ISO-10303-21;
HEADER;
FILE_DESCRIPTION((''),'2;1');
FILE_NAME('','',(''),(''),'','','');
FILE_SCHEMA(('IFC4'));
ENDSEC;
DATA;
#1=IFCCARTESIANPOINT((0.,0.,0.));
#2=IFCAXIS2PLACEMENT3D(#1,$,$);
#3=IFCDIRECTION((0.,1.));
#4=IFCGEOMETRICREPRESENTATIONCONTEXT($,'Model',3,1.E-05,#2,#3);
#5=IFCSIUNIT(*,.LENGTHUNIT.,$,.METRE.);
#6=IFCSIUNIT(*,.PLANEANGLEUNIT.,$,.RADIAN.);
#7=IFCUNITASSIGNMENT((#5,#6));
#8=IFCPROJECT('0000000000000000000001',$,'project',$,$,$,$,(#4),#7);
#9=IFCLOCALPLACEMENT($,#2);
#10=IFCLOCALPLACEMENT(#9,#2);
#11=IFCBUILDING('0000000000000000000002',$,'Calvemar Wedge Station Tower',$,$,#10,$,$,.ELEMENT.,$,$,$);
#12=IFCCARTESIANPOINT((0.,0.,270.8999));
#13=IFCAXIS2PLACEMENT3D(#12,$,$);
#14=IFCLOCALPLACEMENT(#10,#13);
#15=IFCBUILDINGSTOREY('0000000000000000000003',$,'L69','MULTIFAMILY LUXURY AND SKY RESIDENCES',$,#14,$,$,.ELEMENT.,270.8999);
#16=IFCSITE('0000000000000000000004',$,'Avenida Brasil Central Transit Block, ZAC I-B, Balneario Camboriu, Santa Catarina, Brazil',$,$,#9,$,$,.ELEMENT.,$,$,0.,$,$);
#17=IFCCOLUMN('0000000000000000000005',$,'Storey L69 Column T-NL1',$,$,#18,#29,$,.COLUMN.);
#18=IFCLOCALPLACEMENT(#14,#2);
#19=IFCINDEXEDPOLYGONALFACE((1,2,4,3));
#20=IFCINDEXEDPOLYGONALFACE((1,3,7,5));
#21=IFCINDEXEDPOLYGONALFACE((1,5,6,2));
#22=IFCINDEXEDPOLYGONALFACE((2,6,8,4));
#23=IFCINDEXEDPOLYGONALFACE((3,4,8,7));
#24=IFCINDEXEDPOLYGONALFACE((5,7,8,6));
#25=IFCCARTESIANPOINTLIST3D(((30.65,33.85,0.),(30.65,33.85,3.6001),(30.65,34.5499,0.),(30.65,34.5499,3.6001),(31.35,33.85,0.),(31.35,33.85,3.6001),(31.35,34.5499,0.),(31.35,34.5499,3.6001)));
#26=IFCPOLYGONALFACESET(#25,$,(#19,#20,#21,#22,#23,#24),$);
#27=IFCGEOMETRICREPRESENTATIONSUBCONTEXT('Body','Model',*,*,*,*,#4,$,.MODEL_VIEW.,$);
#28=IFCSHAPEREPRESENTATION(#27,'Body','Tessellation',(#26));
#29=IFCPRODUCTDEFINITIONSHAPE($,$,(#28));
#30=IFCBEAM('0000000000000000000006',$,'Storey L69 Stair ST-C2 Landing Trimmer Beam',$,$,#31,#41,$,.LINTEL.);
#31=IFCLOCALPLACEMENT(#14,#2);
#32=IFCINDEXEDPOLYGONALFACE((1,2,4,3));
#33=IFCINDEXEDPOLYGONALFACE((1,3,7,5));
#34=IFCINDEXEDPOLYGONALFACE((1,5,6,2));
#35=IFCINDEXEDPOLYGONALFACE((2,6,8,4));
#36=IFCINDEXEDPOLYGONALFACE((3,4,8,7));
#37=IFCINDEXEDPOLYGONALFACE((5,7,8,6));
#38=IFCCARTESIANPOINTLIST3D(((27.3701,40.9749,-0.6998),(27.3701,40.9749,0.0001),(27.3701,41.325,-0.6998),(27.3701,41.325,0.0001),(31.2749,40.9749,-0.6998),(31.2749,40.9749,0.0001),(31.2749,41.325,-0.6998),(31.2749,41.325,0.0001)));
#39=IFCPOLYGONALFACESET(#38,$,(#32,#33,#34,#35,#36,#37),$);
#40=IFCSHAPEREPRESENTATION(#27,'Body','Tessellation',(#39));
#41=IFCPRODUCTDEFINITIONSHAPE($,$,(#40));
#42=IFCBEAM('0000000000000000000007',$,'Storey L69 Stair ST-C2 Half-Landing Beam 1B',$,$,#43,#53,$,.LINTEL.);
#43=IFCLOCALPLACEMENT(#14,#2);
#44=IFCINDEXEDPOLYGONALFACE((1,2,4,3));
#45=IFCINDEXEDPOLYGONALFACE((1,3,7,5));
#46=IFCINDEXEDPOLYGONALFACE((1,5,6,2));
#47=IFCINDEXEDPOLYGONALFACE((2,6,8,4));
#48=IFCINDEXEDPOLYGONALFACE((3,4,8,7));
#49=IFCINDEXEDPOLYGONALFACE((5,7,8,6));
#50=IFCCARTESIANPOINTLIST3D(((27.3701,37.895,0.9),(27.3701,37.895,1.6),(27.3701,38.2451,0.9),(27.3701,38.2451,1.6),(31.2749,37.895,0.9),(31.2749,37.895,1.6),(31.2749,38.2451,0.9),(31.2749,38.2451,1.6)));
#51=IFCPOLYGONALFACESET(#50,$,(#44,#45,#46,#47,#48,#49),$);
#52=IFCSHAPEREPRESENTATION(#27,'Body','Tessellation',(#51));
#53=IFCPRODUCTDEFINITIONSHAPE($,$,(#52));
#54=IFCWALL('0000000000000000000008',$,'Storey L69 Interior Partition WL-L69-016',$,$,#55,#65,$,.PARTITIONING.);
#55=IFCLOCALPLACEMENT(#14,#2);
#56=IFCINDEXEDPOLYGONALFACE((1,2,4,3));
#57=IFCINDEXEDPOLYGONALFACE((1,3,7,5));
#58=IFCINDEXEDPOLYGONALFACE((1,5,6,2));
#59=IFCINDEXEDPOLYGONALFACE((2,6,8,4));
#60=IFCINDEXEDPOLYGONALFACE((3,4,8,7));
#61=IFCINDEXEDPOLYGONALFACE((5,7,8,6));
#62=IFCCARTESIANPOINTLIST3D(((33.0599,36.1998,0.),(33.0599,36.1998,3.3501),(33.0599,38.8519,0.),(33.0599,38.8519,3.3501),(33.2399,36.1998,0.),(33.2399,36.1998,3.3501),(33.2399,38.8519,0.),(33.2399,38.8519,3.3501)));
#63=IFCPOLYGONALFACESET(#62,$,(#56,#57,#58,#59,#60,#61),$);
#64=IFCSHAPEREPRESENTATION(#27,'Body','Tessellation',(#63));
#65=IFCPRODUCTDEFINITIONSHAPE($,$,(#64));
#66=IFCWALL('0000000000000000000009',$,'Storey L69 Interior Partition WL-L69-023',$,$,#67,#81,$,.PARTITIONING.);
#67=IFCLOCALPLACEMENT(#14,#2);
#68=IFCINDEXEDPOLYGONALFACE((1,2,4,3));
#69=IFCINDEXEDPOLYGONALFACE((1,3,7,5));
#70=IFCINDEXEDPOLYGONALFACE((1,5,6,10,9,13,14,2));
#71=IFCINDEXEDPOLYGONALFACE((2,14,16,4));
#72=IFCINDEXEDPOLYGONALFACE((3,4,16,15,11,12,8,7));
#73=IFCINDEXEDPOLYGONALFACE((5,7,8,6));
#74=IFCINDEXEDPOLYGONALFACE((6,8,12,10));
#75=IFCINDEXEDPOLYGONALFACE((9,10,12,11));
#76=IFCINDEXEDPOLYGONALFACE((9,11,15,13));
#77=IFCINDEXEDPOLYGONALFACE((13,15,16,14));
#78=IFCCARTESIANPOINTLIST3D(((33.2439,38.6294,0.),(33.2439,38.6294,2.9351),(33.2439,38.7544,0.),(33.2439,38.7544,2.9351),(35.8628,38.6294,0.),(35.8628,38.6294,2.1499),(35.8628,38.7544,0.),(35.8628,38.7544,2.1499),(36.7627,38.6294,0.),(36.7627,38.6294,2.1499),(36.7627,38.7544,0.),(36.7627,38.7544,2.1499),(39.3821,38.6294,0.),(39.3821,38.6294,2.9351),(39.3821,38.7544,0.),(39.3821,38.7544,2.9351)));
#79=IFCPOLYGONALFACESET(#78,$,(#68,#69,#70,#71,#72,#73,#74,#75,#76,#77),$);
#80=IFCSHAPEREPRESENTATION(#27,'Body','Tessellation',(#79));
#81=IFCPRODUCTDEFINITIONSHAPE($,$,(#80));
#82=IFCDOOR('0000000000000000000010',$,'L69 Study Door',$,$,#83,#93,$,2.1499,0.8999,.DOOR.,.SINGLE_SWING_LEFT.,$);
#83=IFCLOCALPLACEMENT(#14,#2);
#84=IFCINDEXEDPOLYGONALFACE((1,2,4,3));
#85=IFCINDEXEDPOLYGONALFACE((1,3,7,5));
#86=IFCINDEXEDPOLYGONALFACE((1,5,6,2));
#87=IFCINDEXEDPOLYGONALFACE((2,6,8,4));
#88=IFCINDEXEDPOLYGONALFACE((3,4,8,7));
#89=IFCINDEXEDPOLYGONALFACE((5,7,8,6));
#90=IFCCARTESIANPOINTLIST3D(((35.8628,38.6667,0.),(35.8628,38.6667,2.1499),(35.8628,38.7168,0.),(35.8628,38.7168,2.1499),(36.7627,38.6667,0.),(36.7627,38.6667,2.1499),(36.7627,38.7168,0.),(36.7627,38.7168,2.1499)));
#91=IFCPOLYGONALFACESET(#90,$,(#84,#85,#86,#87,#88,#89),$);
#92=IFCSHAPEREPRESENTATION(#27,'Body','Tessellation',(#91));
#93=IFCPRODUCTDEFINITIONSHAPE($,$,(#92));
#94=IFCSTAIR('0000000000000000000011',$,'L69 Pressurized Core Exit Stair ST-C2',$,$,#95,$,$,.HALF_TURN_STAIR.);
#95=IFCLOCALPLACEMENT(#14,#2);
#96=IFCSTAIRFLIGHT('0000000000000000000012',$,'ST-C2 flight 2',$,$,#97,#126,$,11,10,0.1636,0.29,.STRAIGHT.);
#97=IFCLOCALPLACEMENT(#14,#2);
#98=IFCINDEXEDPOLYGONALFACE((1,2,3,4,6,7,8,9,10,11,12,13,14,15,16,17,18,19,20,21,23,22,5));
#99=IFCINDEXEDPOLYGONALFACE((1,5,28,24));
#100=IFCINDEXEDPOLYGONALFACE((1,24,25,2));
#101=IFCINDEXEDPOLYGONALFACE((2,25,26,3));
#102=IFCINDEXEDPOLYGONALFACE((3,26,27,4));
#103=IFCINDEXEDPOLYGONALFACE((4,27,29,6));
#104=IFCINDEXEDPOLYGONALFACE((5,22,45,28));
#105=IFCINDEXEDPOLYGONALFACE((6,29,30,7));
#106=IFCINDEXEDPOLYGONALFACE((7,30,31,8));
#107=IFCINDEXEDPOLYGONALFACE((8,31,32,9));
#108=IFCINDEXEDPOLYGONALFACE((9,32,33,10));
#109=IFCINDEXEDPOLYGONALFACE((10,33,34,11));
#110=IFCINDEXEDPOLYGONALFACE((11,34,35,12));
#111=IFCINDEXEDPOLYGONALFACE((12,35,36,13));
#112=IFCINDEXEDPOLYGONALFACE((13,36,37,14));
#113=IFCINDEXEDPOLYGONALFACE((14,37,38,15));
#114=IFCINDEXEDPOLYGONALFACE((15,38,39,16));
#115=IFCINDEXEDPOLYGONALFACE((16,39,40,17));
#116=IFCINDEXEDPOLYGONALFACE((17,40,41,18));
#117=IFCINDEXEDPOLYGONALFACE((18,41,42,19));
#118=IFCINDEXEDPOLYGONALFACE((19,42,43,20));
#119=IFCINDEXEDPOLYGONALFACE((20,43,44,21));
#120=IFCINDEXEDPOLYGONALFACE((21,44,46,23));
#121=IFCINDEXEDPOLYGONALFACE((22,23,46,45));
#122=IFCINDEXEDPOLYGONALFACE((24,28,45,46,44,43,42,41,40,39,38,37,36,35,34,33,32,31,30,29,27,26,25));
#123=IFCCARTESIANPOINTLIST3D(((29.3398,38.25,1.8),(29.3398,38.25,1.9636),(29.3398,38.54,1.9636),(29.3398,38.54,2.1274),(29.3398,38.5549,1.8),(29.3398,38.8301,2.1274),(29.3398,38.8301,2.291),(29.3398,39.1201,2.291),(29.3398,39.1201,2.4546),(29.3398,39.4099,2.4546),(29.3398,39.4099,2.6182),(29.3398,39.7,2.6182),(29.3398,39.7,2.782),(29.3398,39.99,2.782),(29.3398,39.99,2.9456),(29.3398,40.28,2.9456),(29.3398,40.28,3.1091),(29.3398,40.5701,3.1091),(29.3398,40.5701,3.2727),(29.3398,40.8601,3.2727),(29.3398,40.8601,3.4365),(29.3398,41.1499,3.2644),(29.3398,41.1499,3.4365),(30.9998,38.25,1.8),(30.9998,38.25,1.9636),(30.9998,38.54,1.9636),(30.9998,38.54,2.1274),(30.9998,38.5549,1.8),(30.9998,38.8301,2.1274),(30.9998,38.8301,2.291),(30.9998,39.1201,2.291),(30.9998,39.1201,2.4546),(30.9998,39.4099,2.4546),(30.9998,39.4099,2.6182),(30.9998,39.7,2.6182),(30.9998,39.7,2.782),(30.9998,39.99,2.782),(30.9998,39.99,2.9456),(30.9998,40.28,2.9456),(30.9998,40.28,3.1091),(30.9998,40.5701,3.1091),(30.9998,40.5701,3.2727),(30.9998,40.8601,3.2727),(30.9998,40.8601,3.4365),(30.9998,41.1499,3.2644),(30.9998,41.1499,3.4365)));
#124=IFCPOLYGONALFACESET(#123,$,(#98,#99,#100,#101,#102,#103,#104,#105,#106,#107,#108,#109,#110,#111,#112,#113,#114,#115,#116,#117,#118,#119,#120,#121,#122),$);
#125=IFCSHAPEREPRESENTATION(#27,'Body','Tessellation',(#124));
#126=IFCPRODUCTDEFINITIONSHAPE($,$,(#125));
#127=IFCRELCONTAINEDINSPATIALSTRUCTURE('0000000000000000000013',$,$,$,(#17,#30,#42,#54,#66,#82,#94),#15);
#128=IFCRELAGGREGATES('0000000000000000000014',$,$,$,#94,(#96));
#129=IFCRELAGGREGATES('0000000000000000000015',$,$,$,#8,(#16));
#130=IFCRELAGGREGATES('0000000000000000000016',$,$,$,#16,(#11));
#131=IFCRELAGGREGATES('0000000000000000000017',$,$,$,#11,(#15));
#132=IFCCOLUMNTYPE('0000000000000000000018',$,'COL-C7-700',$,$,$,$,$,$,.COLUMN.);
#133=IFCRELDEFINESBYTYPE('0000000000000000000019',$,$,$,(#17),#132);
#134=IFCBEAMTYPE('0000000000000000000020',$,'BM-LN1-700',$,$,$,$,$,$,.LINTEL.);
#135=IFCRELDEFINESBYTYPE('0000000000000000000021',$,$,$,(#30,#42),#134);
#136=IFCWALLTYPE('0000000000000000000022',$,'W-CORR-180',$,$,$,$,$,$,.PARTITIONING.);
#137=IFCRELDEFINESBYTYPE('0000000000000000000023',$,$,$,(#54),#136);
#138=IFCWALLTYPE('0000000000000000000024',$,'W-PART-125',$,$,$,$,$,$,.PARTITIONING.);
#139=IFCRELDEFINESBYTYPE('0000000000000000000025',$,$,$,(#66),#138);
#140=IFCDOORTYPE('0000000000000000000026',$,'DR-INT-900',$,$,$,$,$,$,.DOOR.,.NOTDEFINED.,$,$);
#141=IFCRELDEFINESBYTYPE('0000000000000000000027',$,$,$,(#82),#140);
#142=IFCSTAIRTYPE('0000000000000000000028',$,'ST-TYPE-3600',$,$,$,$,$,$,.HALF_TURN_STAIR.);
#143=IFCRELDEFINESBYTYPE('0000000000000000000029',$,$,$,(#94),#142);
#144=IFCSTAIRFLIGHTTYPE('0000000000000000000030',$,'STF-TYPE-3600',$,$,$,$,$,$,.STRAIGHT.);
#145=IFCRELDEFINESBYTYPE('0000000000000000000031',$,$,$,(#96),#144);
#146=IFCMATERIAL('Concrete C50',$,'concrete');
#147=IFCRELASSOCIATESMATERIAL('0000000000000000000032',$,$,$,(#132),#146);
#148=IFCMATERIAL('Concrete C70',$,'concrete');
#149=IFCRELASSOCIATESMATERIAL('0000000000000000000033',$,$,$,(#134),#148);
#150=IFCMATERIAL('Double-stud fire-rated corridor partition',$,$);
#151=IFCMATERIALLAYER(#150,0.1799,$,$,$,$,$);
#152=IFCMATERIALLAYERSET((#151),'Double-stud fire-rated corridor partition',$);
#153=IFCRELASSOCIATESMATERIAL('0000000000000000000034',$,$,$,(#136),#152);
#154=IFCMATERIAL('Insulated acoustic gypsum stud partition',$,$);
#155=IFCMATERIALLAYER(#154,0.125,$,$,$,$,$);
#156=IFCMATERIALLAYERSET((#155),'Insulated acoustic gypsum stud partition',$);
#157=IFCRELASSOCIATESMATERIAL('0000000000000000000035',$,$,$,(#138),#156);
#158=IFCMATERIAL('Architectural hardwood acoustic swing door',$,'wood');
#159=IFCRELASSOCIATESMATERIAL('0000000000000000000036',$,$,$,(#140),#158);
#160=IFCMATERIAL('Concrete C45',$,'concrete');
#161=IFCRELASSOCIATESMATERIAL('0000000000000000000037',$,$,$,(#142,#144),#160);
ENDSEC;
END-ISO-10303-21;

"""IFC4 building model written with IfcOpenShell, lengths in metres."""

from ifc_helpers import new_model, si_unit, direction, frame, frame_2d, origin, origin_2d, place, context, subcontext, project, spatial, polyline, rectangle, outline, extrude, source, transform, mapped, material, layer, layer_set, material_profile, profile_set, type_object, element, fill, aggregate, save


model = new_model("IFC4")

# Units and contexts
model_context = context("Model", 3, precision=1e-05, world=origin(), true_north=direction((0.0, 1.0)))
body_context = subcontext(model_context, "Body", "Model", "MODEL_VIEW")
ifc_project = project(units=[si_unit("LENGTHUNIT", "METRE"), si_unit("PLANEANGLEUNIT", "RADIAN")], contexts=[model_context])

# Site, building, storey
site_placement = place(None, origin())
site = spatial("IfcSite", under=ifc_project, at=site_placement, Name="Avenida Brasil Central Transit Block, ZAC I-B, Balneario Camboriu, Santa Catarina, Brazil", CompositionType="ELEMENT", RefElevation=0.0)
building_placement = place(site_placement, origin())
building = spatial("IfcBuilding", under=site, at=building_placement, Name="Calvemar Wedge Station Tower", CompositionType="ELEMENT")
storey_placement = place(building_placement, frame((0.0, 0.0, 270.8999)))
storey = spatial("IfcBuildingStorey", under=building, at=storey_placement, Name="L69", Description="MULTIFAMILY LUXURY AND SKY RESIDENCES", CompositionType="ELEMENT", Elevation=270.8999)

# Column
ifc_material_1 = material(Name="Concrete C50", Category="concrete")
ifc_material_profile_1 = material_profile(ifc_material_1, rectangle(XDim=0.7, YDim=0.7, at=origin_2d()), Name="RC700x700")
ifc_profile_set_1 = profile_set([ifc_material_profile_1], Name="Concrete C50")
column_type = type_object("IfcColumnType", Name="COL-C7-700", PredefinedType="COLUMN", material=ifc_profile_set_1)
shared_shape_1 = source(origin(), body_context, "Body", "SweptSolid", [
    extrude(rectangle(XDim=0.7, YDim=0.7, at=origin_2d()), origin(), (0.0, 0.0, 1.0), 3.6001),
])
column_placement = place(storey_placement, frame((31.0, 34.2, 0.0), z_axis=(0.0, 0.0, 1.0), x_axis=(1.0, 0.0, 0.0)))
element("IfcColumn", 1, at=column_placement, inside=storey, type_object=column_type, Name="Storey L69 Column T-NL1", PredefinedType="COLUMN", context=body_context, shape_type="MappedRepresentation", body=[
    mapped(shared_shape_1, transform((0.0, 0.0, 0.0), scale=1.0)),
])

# Beams
ifc_material_2 = material(Name="Concrete C70", Category="concrete")
ifc_material_profile_2 = material_profile(ifc_material_2, rectangle(XDim=0.3501, YDim=0.7, at=origin_2d()), Name="RC350x700")
ifc_profile_set_2 = profile_set([ifc_material_profile_2], Name="Concrete C70")
beam_type = type_object("IfcBeamType", Name="BM-LN1-700", PredefinedType="LINTEL", material=ifc_profile_set_2)
shared_shape_2 = source(origin(), body_context, "Body", "SweptSolid", [
    extrude(rectangle(XDim=0.3501, YDim=0.7, at=origin_2d()), origin(), (0.0, 0.0, 1.0), 3.9048),
])
for number, where, z_axis, x_axis, name in (
    (2, (27.3701, 41.1499, -0.3499), (1.0, 0.0, 0.0), (0.0, 1.0, 0.0), "Storey L69 Stair ST-C2 Landing Trimmer Beam"),
    (3, (27.3701, 38.0701, 1.25), (1.0, 0.0, 0.0), (0.0, 1.0, 0.0), "Storey L69 Stair ST-C2 Half-Landing Beam 1B"),
):
    element("IfcBeam", number, at=place(storey_placement, frame(where, z_axis=z_axis, x_axis=x_axis)), inside=storey, type_object=beam_type, Name=name, PredefinedType="LINTEL", context=body_context, shape_type="MappedRepresentation", body=[
        mapped(shared_shape_2, transform((0.0, 0.0, 0.0), scale=1.0)),
    ])

# Wall
ifc_material_3 = material(Name="Double-stud fire-rated corridor partition")
ifc_layer_1 = layer(ifc_material_3, 0.1799)
ifc_layer_set_1 = layer_set([ifc_layer_1], Name="Double-stud fire-rated corridor partition")
wall_type_1 = type_object("IfcWallType", Name="W-CORR-180", PredefinedType="PARTITIONING", material=ifc_layer_set_1)
wall_1_placement = place(storey_placement, frame((33.1499, 38.8521, 0.0), z_axis=(0.0, 0.0, 1.0), x_axis=(0.0, -1.0, 0.0)))
element("IfcWall", 4, at=wall_1_placement, inside=storey, type_object=wall_type_1, Name="Storey L69 Interior Partition WL-L69-016", PredefinedType="PARTITIONING", context=body_context, shape_type="SweptSolid", body=[
    extrude(rectangle(XDim=2.6521, YDim=0.1799, at=frame_2d((1.3262, 0.0))), origin(), (0.0, 0.0, 1.0), 3.3501),
])

# Wall, opening, door
ifc_material_4 = material(Name="Insulated acoustic gypsum stud partition")
ifc_layer_2 = layer(ifc_material_4, 0.125)
ifc_layer_set_2 = layer_set([ifc_layer_2], Name="Insulated acoustic gypsum stud partition")
wall_type_2 = type_object("IfcWallType", Name="W-PART-125", PredefinedType="PARTITIONING", material=ifc_layer_set_2)
wall_2_placement = place(storey_placement, frame((33.2439, 38.6919, 0.0), z_axis=(0.0, 0.0, 1.0), x_axis=(1.0, 0.0, 0.0)))
wall_2 = element("IfcWall", 5, at=wall_2_placement, inside=storey, type_object=wall_type_2, Name="Storey L69 Interior Partition WL-L69-023", PredefinedType="PARTITIONING", context=body_context, shape_type="SweptSolid", body=[
    extrude(rectangle(XDim=6.1382, YDim=0.125, at=frame_2d((3.0691, 0.0))), origin(), (0.0, 0.0, 1.0), 2.9351),
])
shared_shape_3 = source(origin(), body_context, "Body", "SweptSolid", [
    extrude(rectangle(XDim=0.8999, YDim=2.1499, at=frame_2d((0.45, 1.075))), frame((0.0, 0.0725, 0.0), z_axis=(0.0, -1.0, 0.0), x_axis=(1.0, 0.0, 0.0)), (0.0, 0.0, 1.0), 0.145),
])
opening_1_placement = place(wall_2_placement, frame((2.6189, 0.0, 0.0)))
opening_1 = element("IfcOpeningElement", 6, at=opening_1_placement, cuts=wall_2, PredefinedType="OPENING", context=body_context, shape_type="MappedRepresentation", body=[
    mapped(shared_shape_3, transform((0.0, 0.0, 0.0), scale=1.0)),
])
ifc_material_5 = material(Name="Architectural hardwood acoustic swing door", Category="wood")
door_type_1 = type_object("IfcDoorType", Name="DR-INT-900", OperationType="NOTDEFINED", PredefinedType="DOOR", material=ifc_material_5)
shared_shape_4 = source(origin(), body_context, "Body", "SweptSolid", [
    extrude(rectangle(XDim=0.8999, YDim=2.1499, at=frame_2d((0.45, 1.075))), frame((0.0, 0.0249, 0.0), z_axis=(0.0, -1.0, 0.0), x_axis=(1.0, 0.0, 0.0)), (0.0, 0.0, 1.0), 0.05),
])
door_1_placement = place(opening_1_placement, origin())
door_1 = element("IfcDoor", 7, at=door_1_placement, inside=storey, type_object=door_type_1, Name="L69 Study Door", OperationType="SINGLE_SWING_LEFT", OverallHeight=2.1499, OverallWidth=0.8999, PredefinedType="DOOR", context=body_context, shape_type="MappedRepresentation", body=[
    mapped(shared_shape_4, transform((0.0, 0.0, 0.0), scale=1.0)),
])
fill(opening_1, door_1)

# Stair, stair flight
ifc_material_6 = material(Name="Concrete C45", Category="concrete")
stair_type = type_object("IfcStairType", Name="ST-TYPE-3600", PredefinedType="HALF_TURN_STAIR", material=ifc_material_6)
stair_placement = place(storey_placement, origin())
stair = element("IfcStair", 8, at=stair_placement, inside=storey, type_object=stair_type, Name="L69 Pressurized Core Exit Stair ST-C2", PredefinedType="HALF_TURN_STAIR")
stair_flight_type = type_object("IfcStairFlightType", Name="STF-TYPE-3600", PredefinedType="STRAIGHT", material=ifc_material_6)
stair_flight_placement = place(storey_placement, frame((30.1699, 38.25, 1.8), z_axis=(0.0, 0.0, 1.0), x_axis=(0.0, 1.0, 0.0)))
stair_flight = element("IfcStairFlight", 9, at=stair_flight_placement, type_object=stair_flight_type, Name="ST-C2 flight 2", NumberOfRisers=11, NumberOfTreads=10, PredefinedType="STRAIGHT", RiserHeight=0.1636, TreadLength=0.29, context=body_context, shape_type="SweptSolid", body=[
    extrude(outline(polyline([(0.0, 0.0), (0.0, 0.1636), (0.29, 0.1636), (0.29, 0.3274), (0.5801, 0.3274), (0.5801, 0.491), (0.8701, 0.491), (0.8701, 0.6545), (1.1599, 0.6545), (1.1599, 0.8181), (1.45, 0.8181), (1.45, 0.9819), (1.74, 0.9819), (1.74, 1.1455), (2.03, 1.1455), (2.03, 1.3091), (2.3201, 1.3091), (2.3201, 1.4727), (2.6101, 1.4727), (2.6101, 1.6365), (2.8999, 1.6365), (2.8999, 1.8), (2.8999, 1.4644), (0.3049, 0.0), (0.0, 0.0)])), frame((0.0, 0.8301, 0.0), z_axis=(0.0, -1.0, 0.0), x_axis=(1.0, 0.0, 0.0)), (0.0, 0.0, 1.0), 1.6599),
])
aggregate(stair, [stair_flight])

save(model, "model.ifc")
